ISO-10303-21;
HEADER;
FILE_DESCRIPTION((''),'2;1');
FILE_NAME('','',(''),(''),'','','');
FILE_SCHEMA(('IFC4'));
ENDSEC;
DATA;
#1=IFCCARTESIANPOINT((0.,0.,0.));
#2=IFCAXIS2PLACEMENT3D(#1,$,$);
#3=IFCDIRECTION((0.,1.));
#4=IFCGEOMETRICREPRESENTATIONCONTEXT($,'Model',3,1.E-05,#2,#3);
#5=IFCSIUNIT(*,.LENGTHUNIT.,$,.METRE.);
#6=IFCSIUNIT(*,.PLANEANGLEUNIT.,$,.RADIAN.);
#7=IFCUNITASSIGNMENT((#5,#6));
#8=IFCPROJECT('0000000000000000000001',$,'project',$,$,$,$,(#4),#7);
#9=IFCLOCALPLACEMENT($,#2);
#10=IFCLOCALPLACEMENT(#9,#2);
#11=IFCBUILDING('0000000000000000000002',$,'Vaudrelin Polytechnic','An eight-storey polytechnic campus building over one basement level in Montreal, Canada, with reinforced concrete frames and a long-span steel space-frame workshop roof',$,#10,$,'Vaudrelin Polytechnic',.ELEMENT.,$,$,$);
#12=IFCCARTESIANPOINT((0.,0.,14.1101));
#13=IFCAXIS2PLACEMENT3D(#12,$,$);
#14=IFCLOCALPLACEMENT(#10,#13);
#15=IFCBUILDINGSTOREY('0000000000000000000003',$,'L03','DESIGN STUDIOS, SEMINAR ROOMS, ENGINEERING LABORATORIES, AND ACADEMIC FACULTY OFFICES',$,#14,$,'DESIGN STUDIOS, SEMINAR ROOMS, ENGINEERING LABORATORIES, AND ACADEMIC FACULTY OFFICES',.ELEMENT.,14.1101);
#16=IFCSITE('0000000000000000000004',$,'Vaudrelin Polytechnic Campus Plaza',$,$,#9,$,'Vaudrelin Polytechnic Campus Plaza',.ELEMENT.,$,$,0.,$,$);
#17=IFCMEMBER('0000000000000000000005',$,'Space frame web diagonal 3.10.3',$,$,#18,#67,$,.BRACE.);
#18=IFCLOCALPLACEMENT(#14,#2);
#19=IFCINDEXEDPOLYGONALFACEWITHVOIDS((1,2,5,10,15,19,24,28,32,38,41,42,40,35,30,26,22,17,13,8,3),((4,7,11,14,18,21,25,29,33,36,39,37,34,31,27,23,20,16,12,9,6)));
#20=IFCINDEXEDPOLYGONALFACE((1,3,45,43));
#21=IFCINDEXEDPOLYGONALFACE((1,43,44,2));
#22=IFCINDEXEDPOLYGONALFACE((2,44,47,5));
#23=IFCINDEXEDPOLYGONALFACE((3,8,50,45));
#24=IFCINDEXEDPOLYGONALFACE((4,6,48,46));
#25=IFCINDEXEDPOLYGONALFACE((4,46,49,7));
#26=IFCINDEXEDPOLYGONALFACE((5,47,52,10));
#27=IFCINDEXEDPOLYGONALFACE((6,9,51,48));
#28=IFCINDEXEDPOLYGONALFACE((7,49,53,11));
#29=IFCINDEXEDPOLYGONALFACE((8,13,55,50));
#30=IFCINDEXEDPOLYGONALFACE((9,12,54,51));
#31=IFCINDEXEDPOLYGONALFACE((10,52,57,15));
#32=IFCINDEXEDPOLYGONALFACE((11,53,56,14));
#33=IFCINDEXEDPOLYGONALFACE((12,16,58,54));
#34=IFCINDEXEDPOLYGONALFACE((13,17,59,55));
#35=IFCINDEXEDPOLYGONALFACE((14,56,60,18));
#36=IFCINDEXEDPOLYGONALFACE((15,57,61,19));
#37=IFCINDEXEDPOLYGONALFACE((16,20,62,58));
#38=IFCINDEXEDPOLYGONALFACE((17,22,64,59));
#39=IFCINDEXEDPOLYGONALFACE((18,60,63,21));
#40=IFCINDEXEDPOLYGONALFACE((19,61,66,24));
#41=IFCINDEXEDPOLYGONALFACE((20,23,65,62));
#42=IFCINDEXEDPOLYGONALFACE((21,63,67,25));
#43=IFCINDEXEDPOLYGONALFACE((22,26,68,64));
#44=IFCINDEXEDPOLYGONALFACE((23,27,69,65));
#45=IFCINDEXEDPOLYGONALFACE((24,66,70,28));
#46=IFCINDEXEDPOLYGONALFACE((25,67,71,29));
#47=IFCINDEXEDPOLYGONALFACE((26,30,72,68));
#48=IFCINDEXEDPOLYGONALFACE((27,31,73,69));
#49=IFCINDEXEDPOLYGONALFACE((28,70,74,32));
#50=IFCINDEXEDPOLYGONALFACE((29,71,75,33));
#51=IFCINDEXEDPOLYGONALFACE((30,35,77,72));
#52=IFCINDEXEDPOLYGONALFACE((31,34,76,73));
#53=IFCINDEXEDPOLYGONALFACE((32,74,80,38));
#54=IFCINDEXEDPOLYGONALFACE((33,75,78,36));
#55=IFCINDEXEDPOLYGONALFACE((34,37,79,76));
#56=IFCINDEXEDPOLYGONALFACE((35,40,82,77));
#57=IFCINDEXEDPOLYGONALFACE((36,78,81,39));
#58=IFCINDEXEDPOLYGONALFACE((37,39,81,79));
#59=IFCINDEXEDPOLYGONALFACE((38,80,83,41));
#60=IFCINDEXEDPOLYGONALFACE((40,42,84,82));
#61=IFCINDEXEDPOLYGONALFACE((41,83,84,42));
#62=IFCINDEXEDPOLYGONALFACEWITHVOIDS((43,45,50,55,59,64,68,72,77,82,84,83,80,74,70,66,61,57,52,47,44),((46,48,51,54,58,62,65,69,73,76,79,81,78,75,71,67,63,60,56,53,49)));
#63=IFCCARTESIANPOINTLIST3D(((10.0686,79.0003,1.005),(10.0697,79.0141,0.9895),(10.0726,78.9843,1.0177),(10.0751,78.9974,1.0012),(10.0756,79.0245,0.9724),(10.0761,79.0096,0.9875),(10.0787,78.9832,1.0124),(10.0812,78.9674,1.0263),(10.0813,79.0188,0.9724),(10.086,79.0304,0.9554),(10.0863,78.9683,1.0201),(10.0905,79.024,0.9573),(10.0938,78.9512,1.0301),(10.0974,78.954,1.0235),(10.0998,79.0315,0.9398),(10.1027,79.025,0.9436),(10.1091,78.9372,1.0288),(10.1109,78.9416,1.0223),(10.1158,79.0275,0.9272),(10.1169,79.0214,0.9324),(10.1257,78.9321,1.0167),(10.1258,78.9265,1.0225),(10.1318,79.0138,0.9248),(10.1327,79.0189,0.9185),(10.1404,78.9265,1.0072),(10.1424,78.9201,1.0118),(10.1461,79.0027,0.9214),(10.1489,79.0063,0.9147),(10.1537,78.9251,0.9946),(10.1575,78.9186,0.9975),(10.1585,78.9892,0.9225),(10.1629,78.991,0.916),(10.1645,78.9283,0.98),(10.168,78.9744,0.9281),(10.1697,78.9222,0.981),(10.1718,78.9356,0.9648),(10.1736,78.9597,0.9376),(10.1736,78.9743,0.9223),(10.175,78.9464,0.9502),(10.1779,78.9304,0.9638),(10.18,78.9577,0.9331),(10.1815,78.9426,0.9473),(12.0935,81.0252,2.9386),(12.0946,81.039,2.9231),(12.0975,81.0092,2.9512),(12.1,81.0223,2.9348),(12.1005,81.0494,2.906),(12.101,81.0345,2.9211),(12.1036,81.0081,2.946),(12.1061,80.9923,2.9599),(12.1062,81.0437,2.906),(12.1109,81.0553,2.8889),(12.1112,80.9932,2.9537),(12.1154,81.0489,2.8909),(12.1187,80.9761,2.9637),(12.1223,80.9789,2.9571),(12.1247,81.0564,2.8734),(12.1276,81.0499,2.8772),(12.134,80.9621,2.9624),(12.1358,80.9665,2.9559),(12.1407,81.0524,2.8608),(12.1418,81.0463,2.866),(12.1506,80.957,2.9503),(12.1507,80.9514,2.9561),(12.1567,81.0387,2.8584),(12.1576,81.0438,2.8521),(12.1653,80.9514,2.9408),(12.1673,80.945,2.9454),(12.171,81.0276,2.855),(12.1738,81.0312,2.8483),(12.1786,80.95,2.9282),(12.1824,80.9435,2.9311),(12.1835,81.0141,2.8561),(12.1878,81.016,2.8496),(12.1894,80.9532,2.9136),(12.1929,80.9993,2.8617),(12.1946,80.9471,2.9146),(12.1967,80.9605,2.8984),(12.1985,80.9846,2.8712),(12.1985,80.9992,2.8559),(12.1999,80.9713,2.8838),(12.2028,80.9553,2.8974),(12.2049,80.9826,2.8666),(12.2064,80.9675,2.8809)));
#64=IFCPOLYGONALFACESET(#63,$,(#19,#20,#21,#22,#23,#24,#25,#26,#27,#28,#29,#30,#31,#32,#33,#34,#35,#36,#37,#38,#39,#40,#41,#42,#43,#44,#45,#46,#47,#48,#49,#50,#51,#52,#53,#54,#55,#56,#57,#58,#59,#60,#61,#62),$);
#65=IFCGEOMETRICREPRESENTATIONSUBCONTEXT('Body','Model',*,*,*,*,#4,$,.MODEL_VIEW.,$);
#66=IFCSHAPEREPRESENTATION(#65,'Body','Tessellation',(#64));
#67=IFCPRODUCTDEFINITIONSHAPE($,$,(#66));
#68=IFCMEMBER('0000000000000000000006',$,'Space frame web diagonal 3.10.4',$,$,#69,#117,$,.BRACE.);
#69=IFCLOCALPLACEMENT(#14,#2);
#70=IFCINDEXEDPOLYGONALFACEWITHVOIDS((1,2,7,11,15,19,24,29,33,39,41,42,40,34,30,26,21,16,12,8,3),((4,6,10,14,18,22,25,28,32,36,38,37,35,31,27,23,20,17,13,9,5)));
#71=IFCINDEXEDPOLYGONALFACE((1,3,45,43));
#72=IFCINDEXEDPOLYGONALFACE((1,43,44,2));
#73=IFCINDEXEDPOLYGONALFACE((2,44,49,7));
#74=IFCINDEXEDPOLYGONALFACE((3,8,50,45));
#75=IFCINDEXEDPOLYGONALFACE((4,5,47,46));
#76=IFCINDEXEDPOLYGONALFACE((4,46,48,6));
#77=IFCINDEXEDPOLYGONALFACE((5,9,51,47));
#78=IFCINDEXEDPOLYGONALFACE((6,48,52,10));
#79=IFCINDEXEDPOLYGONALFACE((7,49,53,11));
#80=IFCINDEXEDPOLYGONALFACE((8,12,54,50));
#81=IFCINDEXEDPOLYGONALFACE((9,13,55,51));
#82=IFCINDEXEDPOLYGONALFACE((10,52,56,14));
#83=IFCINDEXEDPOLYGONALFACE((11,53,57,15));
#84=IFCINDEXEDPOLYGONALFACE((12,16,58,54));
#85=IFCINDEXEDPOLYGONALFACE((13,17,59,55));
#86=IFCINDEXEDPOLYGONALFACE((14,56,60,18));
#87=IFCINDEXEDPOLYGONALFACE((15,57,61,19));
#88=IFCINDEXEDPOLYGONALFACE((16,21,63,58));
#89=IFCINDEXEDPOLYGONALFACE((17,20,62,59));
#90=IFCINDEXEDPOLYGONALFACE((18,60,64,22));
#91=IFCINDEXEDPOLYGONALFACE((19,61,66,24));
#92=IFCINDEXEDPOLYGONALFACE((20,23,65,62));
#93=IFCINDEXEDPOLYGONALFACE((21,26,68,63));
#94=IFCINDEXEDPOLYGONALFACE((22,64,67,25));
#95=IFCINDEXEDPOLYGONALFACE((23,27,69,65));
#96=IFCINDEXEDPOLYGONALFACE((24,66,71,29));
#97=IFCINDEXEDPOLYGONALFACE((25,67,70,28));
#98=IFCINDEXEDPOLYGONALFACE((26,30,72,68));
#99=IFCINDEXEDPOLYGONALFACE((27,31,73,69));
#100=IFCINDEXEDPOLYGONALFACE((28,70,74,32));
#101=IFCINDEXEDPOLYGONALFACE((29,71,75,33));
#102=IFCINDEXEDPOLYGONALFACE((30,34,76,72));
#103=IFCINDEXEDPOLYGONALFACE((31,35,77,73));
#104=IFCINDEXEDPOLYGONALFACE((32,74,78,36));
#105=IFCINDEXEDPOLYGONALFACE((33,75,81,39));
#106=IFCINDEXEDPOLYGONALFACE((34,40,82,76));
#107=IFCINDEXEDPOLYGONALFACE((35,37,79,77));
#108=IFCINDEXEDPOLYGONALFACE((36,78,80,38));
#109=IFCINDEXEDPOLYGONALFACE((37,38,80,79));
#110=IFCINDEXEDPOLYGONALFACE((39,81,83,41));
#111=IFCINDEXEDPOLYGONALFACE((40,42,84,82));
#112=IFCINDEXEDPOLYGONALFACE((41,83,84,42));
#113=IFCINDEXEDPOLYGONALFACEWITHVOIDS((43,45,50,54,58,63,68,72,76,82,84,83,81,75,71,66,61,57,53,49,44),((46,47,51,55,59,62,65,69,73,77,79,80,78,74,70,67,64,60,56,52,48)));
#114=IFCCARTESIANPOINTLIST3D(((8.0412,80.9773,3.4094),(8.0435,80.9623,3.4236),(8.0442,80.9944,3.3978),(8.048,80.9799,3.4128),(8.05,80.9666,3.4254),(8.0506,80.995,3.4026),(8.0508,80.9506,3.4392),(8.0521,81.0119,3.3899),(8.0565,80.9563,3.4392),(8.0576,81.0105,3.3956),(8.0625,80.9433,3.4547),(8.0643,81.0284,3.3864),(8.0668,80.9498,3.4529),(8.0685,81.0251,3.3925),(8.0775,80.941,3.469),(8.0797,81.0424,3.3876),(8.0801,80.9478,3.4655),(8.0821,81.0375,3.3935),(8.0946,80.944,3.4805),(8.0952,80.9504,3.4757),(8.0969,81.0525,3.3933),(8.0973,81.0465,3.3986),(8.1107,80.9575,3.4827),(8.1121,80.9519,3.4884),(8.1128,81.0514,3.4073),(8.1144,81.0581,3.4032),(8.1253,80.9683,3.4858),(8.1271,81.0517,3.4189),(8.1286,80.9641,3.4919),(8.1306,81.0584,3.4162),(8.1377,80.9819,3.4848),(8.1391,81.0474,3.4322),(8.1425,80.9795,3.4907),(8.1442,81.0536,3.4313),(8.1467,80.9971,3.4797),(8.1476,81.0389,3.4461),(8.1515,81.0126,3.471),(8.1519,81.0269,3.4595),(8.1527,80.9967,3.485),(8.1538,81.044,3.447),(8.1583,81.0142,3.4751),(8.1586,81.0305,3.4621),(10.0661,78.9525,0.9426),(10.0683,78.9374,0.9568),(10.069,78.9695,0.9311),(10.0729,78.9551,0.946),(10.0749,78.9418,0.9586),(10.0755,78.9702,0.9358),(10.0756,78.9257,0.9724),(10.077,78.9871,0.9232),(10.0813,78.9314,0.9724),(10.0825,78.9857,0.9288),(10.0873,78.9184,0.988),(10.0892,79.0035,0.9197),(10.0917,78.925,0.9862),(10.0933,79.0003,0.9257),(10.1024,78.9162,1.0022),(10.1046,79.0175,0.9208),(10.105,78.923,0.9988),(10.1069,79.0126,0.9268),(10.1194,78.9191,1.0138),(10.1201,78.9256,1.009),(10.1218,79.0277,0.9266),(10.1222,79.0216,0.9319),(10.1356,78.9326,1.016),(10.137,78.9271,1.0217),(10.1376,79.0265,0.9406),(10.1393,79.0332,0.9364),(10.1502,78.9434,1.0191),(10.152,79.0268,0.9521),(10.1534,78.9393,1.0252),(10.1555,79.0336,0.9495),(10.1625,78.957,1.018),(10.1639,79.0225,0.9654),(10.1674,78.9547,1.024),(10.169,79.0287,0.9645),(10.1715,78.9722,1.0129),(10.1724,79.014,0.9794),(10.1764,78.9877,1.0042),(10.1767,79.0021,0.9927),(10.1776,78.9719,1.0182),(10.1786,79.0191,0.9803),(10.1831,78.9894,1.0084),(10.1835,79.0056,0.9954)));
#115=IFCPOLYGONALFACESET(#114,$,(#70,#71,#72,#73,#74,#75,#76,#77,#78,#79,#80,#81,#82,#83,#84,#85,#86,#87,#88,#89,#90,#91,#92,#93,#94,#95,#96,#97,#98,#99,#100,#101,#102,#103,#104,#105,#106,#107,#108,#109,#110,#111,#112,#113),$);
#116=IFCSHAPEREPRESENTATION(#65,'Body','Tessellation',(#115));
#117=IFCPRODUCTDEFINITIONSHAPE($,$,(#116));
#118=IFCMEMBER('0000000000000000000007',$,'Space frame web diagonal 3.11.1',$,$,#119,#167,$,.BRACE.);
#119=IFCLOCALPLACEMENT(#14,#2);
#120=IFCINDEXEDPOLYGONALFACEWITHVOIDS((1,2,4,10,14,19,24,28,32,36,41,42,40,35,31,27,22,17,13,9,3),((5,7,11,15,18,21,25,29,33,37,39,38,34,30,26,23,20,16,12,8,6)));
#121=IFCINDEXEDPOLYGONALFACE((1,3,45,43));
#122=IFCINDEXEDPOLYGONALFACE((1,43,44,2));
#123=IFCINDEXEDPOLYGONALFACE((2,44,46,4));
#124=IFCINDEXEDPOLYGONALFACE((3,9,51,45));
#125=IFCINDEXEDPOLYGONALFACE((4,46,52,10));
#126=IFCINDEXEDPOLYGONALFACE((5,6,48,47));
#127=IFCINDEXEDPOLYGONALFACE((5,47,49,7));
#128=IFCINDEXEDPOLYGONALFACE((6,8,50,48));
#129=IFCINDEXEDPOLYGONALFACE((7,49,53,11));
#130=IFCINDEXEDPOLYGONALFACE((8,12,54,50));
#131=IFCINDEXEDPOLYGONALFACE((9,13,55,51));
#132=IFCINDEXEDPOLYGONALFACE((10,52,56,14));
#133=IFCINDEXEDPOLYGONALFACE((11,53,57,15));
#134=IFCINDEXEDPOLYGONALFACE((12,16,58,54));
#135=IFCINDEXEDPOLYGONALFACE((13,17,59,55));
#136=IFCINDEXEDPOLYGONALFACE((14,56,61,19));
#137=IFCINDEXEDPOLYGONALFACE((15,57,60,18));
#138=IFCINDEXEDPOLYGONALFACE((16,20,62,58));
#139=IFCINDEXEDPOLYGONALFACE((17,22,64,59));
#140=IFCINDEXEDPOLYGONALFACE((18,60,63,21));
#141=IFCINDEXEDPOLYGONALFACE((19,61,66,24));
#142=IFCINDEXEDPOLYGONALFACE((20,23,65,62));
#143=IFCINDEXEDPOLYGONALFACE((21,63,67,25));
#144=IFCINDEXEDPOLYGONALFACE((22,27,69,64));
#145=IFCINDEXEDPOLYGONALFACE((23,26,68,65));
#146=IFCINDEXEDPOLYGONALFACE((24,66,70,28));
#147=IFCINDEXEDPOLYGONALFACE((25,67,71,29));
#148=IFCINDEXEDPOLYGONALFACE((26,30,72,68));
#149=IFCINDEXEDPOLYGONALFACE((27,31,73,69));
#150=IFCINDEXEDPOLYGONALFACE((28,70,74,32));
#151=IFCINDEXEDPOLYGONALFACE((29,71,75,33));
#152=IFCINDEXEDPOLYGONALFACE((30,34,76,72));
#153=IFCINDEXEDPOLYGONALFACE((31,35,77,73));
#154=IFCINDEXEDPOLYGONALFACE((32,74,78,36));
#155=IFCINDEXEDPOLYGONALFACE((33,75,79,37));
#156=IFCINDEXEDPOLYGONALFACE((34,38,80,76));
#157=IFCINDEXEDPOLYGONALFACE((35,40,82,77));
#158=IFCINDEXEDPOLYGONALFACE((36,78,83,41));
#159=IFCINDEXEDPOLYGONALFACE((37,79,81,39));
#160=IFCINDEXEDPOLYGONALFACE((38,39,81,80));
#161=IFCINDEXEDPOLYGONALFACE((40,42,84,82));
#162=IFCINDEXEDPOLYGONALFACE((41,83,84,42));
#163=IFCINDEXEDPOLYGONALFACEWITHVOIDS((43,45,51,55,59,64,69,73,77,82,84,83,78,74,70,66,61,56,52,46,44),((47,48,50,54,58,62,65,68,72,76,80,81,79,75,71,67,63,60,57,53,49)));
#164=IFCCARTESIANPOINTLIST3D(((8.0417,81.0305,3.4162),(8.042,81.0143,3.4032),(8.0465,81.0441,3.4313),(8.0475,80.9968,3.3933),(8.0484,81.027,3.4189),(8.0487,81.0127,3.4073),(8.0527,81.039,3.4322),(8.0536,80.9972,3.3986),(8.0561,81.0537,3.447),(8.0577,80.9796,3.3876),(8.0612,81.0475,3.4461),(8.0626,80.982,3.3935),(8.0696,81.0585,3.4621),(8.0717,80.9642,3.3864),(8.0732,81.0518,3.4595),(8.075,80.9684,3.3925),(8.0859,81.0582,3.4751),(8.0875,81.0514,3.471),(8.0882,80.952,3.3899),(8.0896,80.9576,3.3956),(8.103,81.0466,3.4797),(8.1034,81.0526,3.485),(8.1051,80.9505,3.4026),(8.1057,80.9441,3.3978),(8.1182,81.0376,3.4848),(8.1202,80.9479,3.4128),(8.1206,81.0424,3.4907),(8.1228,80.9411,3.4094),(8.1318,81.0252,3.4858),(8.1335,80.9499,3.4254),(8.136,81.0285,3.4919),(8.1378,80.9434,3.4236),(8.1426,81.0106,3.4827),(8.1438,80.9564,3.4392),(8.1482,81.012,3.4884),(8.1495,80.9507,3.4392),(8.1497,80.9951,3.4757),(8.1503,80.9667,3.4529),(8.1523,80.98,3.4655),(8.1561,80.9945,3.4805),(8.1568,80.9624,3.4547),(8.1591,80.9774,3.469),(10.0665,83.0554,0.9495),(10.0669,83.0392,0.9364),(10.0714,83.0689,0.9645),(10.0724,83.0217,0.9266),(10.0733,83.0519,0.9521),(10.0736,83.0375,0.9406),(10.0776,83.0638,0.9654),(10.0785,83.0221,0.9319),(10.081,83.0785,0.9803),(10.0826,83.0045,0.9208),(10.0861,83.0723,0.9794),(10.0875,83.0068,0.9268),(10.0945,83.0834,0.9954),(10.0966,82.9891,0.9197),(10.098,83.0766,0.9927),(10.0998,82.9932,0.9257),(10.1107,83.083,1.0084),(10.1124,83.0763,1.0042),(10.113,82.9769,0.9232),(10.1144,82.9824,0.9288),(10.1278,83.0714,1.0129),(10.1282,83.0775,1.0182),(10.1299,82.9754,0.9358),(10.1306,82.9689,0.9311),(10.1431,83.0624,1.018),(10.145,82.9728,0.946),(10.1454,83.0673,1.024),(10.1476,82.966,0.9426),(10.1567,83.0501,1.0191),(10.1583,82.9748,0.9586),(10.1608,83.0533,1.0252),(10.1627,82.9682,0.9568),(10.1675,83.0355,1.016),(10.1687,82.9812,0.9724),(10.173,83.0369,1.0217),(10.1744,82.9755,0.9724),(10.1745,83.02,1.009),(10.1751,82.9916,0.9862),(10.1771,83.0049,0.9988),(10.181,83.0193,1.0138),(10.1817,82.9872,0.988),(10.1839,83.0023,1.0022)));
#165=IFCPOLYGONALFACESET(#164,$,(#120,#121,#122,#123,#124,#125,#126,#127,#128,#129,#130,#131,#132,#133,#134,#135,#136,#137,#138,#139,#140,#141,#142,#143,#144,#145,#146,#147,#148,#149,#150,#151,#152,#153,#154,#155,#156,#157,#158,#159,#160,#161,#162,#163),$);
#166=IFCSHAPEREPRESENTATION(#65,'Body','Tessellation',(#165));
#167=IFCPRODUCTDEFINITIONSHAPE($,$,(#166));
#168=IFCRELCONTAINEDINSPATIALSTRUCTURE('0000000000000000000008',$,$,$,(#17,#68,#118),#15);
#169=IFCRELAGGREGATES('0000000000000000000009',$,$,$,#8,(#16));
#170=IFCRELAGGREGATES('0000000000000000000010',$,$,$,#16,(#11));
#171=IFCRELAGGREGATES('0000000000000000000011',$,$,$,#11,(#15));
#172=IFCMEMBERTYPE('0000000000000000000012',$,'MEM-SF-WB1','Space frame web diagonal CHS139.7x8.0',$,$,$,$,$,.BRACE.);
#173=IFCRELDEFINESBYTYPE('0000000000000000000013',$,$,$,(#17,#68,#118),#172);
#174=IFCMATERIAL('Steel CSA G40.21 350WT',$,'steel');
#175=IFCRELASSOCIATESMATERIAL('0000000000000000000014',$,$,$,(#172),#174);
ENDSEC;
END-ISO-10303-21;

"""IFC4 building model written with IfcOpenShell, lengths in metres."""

from ifc_helpers import new_model, si_unit, direction, frame, origin, origin_2d, place, context, subcontext, project, spatial, hollow_circle, extrude, material, material_profile, profile_set, type_object, element, save


model = new_model("IFC4")

# Units and contexts
model_context = context("Model", 3, precision=1e-05, world=origin(), true_north=direction((0.0, 1.0)))
body_context = subcontext(model_context, "Body", "Model", "MODEL_VIEW")
ifc_project = project(units=[si_unit("LENGTHUNIT", "METRE"), si_unit("PLANEANGLEUNIT", "RADIAN")], contexts=[model_context])

# Site, building, storey
site_placement = place(None, origin())
site = spatial("IfcSite", under=ifc_project, at=site_placement, Name="Vaudrelin Polytechnic Campus Plaza", LongName="Vaudrelin Polytechnic Campus Plaza", CompositionType="ELEMENT", RefElevation=0.0)
building_placement = place(site_placement, origin())
building = spatial("IfcBuilding", under=site, at=building_placement, Name="Vaudrelin Polytechnic", Description="An eight-storey polytechnic campus building over one basement level in Montreal, Canada, with reinforced concrete frames and a long-span steel space-frame workshop roof", LongName="Vaudrelin Polytechnic", CompositionType="ELEMENT")
storey_placement = place(building_placement, frame((0.0, 0.0, 14.1101)))
storey = spatial("IfcBuildingStorey", under=building, at=storey_placement, Name="L03", Description="DESIGN STUDIOS, SEMINAR ROOMS, ENGINEERING LABORATORIES, AND ACADEMIC FACULTY OFFICES", LongName="DESIGN STUDIOS, SEMINAR ROOMS, ENGINEERING LABORATORIES, AND ACADEMIC FACULTY OFFICES", CompositionType="ELEMENT", Elevation=14.1101)

# Members
ifc_material = material(Name="Steel CSA G40.21 350WT", Category="steel")
ifc_material_profile_1 = material_profile(ifc_material, hollow_circle(Radius=0.0698, WallThickness=0.0081, at=origin_2d()), Name="CHS139.7x8.0")
ifc_profile_set_1 = profile_set([ifc_material_profile_1], Name="Steel CSA G40.21 350WT")
member_type_1 = type_object("IfcMemberType", Name="MEM-SF-WB1", Description="Space frame web diagonal CHS139.7x8.0", PredefinedType="BRACE", material=ifc_profile_set_1)
member_1_placement = place(storey_placement, frame((10.125, 78.9751, 0.9724), z_axis=(0.586024, 0.586024, 0.559599), x_axis=(-0.707107, 0.707107, 0.0)))
element("IfcMember", 1, at=member_1_placement, inside=storey, type_object=member_type_1, Name="Space frame web diagonal 3.10.3", PredefinedType="BRACE", context=body_context, shape_type="SweptSolid", body=[
    extrude(hollow_circle(Radius=0.0698, WallThickness=0.0081, at=origin_2d()), origin(), (0.0, 0.0, 1.0), 3.4553),
])
for number, where, z_axis, x_axis, name in (
    (2, (10.125, 78.9751, 0.9724), (-0.535742, 0.535742, 0.652657), (-0.707107, -0.707107, 0.0), "Space frame web diagonal 3.10.4"),
    (3, (10.125, 83.0249, 0.9724), (-0.535742, -0.535742, 0.652657), (0.707107, -0.707107, 0.0), "Space frame web diagonal 3.11.1"),
):
    element("IfcMember", number, at=place(storey_placement, frame(where, z_axis=z_axis, x_axis=x_axis)), inside=storey, type_object=member_type_1, Name=name, PredefinedType="BRACE", context=body_context, shape_type="SweptSolid", body=[
        extrude(hollow_circle(Radius=0.0698, WallThickness=0.0081, at=origin_2d()), origin(), (0.0, 0.0, 1.0), 3.7795),
    ])

save(model, "model.ifc")
